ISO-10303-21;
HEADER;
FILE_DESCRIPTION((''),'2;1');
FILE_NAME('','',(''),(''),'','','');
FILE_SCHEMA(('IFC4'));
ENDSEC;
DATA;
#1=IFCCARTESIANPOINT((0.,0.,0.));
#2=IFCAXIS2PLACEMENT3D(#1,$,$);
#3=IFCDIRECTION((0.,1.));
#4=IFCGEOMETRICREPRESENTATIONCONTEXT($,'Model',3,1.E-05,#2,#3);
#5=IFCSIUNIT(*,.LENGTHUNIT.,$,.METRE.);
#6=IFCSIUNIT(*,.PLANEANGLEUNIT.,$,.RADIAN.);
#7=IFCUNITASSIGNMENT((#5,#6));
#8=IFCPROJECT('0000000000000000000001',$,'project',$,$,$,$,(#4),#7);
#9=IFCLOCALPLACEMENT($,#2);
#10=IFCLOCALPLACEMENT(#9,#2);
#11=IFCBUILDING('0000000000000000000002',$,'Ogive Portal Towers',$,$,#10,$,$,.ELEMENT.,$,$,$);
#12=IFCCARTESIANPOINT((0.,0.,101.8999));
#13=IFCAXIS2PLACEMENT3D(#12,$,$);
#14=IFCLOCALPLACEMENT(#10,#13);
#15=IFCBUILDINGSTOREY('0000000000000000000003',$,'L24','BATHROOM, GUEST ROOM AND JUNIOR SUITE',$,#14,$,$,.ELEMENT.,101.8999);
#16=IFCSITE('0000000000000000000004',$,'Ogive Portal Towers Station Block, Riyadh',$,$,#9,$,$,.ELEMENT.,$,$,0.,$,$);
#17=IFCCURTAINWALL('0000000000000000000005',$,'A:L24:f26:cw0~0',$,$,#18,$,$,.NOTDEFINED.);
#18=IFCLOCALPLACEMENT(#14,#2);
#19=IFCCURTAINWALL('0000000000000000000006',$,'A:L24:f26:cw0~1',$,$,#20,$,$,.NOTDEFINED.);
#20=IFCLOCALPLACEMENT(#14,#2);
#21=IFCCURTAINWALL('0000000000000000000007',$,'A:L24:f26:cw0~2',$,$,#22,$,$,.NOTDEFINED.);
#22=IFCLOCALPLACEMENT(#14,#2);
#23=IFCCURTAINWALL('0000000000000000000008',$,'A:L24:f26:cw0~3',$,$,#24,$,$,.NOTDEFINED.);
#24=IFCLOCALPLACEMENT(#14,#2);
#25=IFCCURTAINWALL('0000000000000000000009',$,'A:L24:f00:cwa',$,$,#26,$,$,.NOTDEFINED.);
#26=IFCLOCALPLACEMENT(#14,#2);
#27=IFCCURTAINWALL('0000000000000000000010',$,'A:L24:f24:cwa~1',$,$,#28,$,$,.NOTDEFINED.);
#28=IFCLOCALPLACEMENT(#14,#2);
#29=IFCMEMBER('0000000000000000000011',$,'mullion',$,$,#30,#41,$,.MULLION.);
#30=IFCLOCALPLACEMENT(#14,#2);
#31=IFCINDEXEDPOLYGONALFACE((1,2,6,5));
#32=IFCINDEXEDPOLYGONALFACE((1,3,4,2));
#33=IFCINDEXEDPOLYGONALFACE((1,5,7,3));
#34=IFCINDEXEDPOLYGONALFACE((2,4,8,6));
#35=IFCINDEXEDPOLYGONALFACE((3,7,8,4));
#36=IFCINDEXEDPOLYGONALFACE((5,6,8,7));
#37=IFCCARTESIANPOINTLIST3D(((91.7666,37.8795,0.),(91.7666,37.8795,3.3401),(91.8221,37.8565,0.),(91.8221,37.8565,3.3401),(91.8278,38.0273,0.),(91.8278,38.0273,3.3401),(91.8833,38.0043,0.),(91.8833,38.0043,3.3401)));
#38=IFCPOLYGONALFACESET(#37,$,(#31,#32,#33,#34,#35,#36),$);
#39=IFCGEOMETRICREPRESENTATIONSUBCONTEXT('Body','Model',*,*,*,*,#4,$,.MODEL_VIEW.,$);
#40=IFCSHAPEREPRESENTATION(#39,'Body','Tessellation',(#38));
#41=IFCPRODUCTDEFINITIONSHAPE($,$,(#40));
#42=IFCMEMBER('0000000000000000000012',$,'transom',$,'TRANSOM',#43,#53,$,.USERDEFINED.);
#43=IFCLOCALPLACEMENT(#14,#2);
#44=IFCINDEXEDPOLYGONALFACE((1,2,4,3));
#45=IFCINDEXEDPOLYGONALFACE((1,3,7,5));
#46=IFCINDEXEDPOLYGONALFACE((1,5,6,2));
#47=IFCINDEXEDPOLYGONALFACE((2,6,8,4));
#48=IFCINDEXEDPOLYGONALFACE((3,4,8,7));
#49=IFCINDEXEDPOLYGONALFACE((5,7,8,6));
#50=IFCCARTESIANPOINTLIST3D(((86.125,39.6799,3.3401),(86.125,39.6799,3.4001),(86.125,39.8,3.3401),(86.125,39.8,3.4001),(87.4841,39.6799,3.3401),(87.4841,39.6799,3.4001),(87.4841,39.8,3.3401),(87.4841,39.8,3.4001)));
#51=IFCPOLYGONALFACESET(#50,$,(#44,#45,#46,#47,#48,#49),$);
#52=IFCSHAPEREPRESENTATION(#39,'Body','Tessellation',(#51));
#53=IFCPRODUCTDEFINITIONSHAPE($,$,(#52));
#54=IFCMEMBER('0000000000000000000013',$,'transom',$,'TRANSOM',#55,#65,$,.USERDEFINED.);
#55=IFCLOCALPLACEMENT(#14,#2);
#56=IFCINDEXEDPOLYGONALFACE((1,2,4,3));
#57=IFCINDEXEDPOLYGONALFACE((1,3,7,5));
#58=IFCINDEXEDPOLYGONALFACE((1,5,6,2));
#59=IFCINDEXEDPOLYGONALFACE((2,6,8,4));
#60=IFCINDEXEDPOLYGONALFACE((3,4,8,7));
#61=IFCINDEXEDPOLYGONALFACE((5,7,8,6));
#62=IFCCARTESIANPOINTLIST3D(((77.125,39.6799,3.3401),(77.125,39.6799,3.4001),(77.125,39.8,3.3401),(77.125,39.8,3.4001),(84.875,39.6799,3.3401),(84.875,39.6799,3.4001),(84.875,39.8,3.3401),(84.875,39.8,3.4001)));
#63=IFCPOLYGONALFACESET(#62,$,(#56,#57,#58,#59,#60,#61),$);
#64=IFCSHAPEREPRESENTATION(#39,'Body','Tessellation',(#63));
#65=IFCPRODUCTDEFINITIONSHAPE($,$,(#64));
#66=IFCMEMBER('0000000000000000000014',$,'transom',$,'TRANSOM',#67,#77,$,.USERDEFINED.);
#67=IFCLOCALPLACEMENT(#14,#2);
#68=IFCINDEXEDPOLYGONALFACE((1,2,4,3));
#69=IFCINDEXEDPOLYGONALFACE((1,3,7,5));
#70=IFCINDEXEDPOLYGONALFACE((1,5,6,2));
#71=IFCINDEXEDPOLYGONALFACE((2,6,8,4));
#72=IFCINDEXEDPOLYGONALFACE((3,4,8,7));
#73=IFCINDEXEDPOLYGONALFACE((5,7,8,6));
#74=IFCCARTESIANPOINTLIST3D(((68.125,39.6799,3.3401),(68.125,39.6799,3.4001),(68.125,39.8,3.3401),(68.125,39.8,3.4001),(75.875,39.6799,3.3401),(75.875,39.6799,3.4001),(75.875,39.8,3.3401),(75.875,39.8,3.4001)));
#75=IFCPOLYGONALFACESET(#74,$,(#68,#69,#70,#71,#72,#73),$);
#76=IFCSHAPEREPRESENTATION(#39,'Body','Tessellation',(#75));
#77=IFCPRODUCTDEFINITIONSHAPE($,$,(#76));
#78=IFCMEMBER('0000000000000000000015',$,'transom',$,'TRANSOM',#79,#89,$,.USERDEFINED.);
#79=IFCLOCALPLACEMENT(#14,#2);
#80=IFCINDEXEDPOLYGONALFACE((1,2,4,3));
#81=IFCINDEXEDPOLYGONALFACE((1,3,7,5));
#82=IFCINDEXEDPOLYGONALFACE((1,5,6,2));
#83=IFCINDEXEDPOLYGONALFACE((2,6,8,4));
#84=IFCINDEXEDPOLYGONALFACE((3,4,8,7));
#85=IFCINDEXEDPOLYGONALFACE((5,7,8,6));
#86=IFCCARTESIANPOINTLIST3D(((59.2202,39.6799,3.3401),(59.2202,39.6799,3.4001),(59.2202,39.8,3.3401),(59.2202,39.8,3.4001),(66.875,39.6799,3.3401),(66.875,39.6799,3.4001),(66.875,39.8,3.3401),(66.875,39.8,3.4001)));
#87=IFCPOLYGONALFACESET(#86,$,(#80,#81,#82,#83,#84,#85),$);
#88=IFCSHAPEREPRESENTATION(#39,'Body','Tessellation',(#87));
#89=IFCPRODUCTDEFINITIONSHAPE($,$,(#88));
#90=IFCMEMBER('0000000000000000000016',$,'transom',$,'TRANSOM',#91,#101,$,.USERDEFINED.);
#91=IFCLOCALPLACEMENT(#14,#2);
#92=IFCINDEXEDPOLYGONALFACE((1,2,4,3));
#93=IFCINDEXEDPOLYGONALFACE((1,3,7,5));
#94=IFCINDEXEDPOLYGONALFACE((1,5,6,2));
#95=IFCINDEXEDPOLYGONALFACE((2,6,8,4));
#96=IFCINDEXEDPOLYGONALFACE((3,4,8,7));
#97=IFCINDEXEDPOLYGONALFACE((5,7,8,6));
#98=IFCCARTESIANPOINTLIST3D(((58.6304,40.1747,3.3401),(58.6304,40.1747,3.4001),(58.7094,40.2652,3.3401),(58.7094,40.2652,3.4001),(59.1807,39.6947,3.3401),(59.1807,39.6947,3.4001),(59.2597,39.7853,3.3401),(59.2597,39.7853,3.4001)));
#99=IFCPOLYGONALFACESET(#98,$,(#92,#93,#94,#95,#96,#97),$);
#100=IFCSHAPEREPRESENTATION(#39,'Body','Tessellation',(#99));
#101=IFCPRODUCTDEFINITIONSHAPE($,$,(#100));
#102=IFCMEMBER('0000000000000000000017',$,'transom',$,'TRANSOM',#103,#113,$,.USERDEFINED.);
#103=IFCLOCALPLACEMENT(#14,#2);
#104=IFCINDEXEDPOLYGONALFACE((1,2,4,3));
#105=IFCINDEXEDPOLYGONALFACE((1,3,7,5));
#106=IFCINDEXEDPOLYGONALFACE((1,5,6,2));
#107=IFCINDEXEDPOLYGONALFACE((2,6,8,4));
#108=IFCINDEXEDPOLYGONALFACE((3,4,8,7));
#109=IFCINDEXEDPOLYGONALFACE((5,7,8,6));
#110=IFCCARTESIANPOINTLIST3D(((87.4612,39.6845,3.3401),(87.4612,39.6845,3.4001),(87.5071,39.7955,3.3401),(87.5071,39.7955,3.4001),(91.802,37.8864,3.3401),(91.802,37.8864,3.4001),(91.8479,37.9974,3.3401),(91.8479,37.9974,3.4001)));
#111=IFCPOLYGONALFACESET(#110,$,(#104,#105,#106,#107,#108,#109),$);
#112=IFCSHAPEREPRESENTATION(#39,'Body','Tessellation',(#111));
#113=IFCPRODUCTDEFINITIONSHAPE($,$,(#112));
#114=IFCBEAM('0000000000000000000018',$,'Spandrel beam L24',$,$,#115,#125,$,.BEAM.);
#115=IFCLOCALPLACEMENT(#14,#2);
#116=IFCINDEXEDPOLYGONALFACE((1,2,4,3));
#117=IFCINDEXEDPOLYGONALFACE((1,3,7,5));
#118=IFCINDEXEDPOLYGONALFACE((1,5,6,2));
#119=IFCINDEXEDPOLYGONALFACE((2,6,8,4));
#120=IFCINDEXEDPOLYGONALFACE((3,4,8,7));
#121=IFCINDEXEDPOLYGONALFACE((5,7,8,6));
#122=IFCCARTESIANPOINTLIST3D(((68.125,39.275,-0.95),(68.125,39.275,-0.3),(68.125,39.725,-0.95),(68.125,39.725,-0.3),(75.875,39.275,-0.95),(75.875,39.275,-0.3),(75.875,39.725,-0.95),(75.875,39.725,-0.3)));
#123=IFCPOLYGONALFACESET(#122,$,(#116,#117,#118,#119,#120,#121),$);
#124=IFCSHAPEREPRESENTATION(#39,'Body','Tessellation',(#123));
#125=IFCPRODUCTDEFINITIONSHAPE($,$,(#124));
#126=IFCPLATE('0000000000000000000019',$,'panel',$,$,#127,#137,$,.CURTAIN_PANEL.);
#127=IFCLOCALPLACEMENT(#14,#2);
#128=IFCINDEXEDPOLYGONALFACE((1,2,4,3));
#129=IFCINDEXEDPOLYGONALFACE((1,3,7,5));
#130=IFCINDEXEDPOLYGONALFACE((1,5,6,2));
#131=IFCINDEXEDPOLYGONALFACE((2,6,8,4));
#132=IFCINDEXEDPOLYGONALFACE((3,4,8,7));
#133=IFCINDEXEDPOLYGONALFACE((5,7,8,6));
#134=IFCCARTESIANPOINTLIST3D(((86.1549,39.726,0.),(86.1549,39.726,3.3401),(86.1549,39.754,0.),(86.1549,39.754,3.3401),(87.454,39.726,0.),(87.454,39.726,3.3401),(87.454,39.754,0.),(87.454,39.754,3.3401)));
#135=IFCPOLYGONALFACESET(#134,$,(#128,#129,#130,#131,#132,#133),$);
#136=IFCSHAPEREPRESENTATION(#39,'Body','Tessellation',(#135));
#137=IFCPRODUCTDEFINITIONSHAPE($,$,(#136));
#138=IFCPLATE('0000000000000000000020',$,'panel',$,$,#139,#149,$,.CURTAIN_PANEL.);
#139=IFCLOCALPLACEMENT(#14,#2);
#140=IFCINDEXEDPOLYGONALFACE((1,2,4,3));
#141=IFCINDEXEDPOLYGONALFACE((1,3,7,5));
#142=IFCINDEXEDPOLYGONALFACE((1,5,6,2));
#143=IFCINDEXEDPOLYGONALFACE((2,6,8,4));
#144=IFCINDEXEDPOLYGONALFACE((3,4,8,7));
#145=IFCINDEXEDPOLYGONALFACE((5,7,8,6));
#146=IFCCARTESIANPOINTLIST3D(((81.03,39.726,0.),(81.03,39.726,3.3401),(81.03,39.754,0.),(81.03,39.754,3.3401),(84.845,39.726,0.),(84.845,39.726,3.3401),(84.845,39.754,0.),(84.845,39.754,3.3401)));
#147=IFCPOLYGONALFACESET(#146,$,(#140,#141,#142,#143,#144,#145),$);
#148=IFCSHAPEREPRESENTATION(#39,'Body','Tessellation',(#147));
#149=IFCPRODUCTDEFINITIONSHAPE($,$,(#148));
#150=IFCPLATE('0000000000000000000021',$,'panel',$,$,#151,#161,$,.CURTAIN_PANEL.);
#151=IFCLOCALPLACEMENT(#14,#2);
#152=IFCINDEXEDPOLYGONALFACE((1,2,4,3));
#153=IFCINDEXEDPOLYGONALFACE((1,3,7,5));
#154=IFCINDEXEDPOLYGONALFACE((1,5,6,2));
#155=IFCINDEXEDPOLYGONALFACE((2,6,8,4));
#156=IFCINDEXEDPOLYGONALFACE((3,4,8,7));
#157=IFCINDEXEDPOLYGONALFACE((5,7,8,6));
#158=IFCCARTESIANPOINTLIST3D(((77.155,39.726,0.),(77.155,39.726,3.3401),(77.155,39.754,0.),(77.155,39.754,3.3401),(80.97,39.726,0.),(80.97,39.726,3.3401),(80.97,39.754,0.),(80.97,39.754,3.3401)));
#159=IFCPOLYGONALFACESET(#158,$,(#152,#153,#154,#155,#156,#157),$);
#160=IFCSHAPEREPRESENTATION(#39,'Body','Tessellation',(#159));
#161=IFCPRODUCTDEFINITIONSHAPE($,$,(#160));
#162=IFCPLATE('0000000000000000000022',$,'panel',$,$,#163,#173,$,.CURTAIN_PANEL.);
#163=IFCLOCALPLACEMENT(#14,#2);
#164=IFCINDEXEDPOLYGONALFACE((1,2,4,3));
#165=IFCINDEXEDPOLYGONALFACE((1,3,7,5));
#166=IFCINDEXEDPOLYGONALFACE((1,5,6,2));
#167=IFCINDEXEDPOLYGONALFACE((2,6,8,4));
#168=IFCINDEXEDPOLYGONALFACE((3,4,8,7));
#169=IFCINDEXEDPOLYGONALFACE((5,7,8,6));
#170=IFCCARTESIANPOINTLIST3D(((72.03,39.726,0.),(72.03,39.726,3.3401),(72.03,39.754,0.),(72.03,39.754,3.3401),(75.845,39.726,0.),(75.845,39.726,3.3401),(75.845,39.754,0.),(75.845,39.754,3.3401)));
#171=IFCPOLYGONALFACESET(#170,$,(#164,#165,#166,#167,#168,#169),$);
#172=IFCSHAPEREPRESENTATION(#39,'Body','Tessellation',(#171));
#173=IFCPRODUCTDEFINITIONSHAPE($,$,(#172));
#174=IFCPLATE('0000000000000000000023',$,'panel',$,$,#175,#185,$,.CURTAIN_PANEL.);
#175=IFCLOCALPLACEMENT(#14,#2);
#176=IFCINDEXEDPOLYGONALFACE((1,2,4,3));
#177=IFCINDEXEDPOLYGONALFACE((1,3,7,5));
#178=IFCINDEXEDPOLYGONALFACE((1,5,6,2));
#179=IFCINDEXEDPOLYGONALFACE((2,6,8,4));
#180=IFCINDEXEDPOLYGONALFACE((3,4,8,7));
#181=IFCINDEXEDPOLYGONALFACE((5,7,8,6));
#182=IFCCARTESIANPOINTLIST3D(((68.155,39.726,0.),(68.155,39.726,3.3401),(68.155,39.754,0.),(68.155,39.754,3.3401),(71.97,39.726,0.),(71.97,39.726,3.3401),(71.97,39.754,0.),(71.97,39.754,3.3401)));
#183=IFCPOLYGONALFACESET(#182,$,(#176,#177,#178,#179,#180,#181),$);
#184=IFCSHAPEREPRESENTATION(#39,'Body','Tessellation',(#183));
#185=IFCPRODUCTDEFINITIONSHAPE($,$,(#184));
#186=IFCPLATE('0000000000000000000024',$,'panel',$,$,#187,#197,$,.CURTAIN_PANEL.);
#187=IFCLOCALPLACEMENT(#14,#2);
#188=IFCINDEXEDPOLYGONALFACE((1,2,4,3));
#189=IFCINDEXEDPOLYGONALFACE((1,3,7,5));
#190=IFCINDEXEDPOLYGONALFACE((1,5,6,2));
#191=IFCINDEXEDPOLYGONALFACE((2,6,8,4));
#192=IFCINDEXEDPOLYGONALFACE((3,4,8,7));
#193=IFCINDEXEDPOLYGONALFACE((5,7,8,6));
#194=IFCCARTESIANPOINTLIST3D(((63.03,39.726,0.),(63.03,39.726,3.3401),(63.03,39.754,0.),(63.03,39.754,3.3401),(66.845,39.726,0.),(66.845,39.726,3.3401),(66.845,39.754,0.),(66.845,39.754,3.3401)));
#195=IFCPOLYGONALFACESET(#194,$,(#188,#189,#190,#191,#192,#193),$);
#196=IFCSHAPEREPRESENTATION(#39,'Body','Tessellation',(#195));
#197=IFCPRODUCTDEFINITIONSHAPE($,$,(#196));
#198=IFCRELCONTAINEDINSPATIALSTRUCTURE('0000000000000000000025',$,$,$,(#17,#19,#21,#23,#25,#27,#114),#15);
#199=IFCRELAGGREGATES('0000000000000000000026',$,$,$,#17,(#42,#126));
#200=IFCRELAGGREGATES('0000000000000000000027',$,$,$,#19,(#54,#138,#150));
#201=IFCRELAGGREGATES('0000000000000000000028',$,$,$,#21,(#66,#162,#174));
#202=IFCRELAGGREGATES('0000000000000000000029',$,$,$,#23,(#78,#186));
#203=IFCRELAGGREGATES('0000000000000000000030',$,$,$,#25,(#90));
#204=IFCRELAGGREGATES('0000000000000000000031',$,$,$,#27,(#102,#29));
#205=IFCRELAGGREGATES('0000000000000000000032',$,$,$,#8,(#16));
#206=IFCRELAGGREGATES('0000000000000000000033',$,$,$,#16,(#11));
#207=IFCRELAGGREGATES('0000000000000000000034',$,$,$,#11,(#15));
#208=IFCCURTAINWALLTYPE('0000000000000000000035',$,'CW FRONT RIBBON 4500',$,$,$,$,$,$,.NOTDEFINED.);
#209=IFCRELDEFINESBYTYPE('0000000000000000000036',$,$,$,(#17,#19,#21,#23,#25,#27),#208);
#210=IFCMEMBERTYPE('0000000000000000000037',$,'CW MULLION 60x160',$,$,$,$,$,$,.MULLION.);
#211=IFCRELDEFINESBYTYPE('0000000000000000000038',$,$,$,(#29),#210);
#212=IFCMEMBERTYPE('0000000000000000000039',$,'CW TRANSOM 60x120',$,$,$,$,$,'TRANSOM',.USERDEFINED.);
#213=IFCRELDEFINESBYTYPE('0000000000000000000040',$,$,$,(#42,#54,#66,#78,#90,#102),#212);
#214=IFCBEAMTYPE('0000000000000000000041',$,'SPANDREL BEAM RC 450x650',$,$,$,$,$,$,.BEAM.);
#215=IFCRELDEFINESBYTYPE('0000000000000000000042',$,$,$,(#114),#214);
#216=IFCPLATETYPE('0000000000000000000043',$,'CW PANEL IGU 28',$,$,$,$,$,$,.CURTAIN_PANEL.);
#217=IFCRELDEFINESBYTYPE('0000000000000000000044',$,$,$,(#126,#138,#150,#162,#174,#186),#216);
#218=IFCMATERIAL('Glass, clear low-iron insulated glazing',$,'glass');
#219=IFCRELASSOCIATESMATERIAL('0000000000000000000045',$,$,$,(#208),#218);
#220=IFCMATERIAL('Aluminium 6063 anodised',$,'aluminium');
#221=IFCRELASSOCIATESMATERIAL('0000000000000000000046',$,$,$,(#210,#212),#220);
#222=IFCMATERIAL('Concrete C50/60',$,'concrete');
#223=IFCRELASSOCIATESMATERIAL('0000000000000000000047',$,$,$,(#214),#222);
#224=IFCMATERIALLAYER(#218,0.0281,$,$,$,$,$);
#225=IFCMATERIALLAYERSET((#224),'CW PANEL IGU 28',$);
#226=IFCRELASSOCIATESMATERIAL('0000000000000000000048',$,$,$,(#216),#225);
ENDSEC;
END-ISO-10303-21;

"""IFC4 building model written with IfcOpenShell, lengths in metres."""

from ifc_helpers import new_model, si_unit, direction, frame, origin, origin_2d, place, context, subcontext, project, spatial, rectangle, extrude, material, layer, layer_set, material_profile, profile_set, type_object, element, aggregate, save


model = new_model("IFC4")

# Units and contexts
model_context = context("Model", 3, precision=1e-05, world=origin(), true_north=direction((0.0, 1.0)))
body_context = subcontext(model_context, "Body", "Model", "MODEL_VIEW")
ifc_project = project(units=[si_unit("LENGTHUNIT", "METRE"), si_unit("PLANEANGLEUNIT", "RADIAN")], contexts=[model_context])

# Site, building, storey
site_placement = place(None, origin())
site = spatial("IfcSite", under=ifc_project, at=site_placement, Name="Ogive Portal Towers Station Block, Riyadh", CompositionType="ELEMENT", RefElevation=0.0)
building_placement = place(site_placement, origin())
building = spatial("IfcBuilding", under=site, at=building_placement, Name="Ogive Portal Towers", CompositionType="ELEMENT")
storey_placement = place(building_placement, frame((0.0, 0.0, 101.8999)))
storey = spatial("IfcBuildingStorey", under=building, at=storey_placement, Name="L24", Description="BATHROOM, GUEST ROOM AND JUNIOR SUITE", CompositionType="ELEMENT", Elevation=101.8999)

# Curtain walls
ifc_material_1 = material(Name="Glass, clear low-iron insulated glazing", Category="glass")
curtain_wall_type = type_object("IfcCurtainWallType", Name="CW FRONT RIBBON 4500", PredefinedType="NOTDEFINED", material=ifc_material_1)
curtain_wall_1_placement = place(storey_placement, origin())
curtain_wall_1 = element("IfcCurtainWall", 1, at=curtain_wall_1_placement, inside=storey, type_object=curtain_wall_type, Name="A:L24:f26:cw0~0", PredefinedType="NOTDEFINED")
ifc_material_2 = material(Name="Aluminium 6063 anodised", Category="aluminium")
ifc_material_profile_1 = material_profile(ifc_material_2, rectangle(XDim=0.1599, YDim=0.0601, at=origin_2d()), Name="AL 60x160")
ifc_profile_set_1 = profile_set([ifc_material_profile_1], Name="Aluminium 6063 anodised")
member_type_1 = type_object("IfcMemberType", Name="CW MULLION 60x160", PredefinedType="MULLION", material=ifc_profile_set_1)
curtain_wall_2_placement = place(storey_placement, origin())
curtain_wall_2 = element("IfcCurtainWall", 2, at=curtain_wall_2_placement, inside=storey, type_object=curtain_wall_type, Name="A:L24:f26:cw0~1", PredefinedType="NOTDEFINED")
curtain_wall_3_placement = place(storey_placement, origin())
curtain_wall_3 = element("IfcCurtainWall", 3, at=curtain_wall_3_placement, inside=storey, type_object=curtain_wall_type, Name="A:L24:f26:cw0~2", PredefinedType="NOTDEFINED")
curtain_wall_4_placement = place(storey_placement, origin())
curtain_wall_4 = element("IfcCurtainWall", 4, at=curtain_wall_4_placement, inside=storey, type_object=curtain_wall_type, Name="A:L24:f26:cw0~3", PredefinedType="NOTDEFINED")

# Curtain walls, member
curtain_wall_5_placement = place(storey_placement, origin())
curtain_wall_5 = element("IfcCurtainWall", 5, at=curtain_wall_5_placement, inside=storey, type_object=curtain_wall_type, Name="A:L24:f00:cwa", PredefinedType="NOTDEFINED")
curtain_wall_6_placement = place(storey_placement, origin())
curtain_wall_6 = element("IfcCurtainWall", 6, at=curtain_wall_6_placement, inside=storey, type_object=curtain_wall_type, Name="A:L24:f24:cwa~1", PredefinedType="NOTDEFINED")
member_1_placement = place(storey_placement, frame((91.825, 37.9419, 0.0), z_axis=(0.0, 0.0, 1.0), x_axis=(-0.382683, -0.92388, 0.0)))
member_1 = element("IfcMember", 7, at=member_1_placement, type_object=member_type_1, Name="mullion", PredefinedType="MULLION", context=body_context, shape_type="SweptSolid", body=[
    extrude(rectangle(XDim=0.1599, YDim=0.0601, at=origin_2d()), origin(), (0.0, 0.0, 1.0), 3.3401),
])

# Members
ifc_material_profile_2 = material_profile(ifc_material_2, rectangle(XDim=0.1201, YDim=0.0601, at=origin_2d()), Name="AL 120x60")
ifc_profile_set_2 = profile_set([ifc_material_profile_2], Name="Aluminium 6063 anodised")
member_type_2 = type_object("IfcMemberType", Name="CW TRANSOM 60x120", ElementType="TRANSOM", PredefinedType="USERDEFINED", material=ifc_profile_set_2)
member_2_placement = place(storey_placement, frame((87.4841, 39.74, 3.3701), z_axis=(-1.0, 0.0, 0.0), x_axis=(0.0, -1.0, 0.0)))
member_2 = element("IfcMember", 8, at=member_2_placement, type_object=member_type_2, Name="transom", ObjectType="TRANSOM", PredefinedType="USERDEFINED", context=body_context, shape_type="SweptSolid", body=[
    extrude(rectangle(XDim=0.1201, YDim=0.0601, at=origin_2d()), origin(), (0.0, 0.0, 1.0), 1.3591),
])
member_3_placement = place(storey_placement, frame((84.875, 39.74, 3.3701), z_axis=(-1.0, 0.0, 0.0), x_axis=(0.0, -1.0, 0.0)))
member_3 = element("IfcMember", 9, at=member_3_placement, type_object=member_type_2, Name="transom", ObjectType="TRANSOM", PredefinedType="USERDEFINED", context=body_context, shape_type="SweptSolid", body=[
    extrude(rectangle(XDim=0.1201, YDim=0.0601, at=origin_2d()), origin(), (0.0, 0.0, 1.0), 7.75),
])
member_4_placement = place(storey_placement, frame((75.875, 39.74, 3.3701), z_axis=(-1.0, 0.0, 0.0), x_axis=(0.0, -1.0, 0.0)))
member_4 = element("IfcMember", 10, at=member_4_placement, type_object=member_type_2, Name="transom", ObjectType="TRANSOM", PredefinedType="USERDEFINED", context=body_context, shape_type="SweptSolid", body=[
    extrude(rectangle(XDim=0.1201, YDim=0.0601, at=origin_2d()), origin(), (0.0, 0.0, 1.0), 7.75),
])
member_5_placement = place(storey_placement, frame((66.875, 39.74, 3.3701), z_axis=(-1.0, 0.0, 0.0), x_axis=(0.0, -1.0, 0.0)))
member_5 = element("IfcMember", 11, at=member_5_placement, type_object=member_type_2, Name="transom", ObjectType="TRANSOM", PredefinedType="USERDEFINED", context=body_context, shape_type="SweptSolid", body=[
    extrude(rectangle(XDim=0.1201, YDim=0.0601, at=origin_2d()), origin(), (0.0, 0.0, 1.0), 7.6548),
])
member_6_placement = place(storey_placement, frame((59.2202, 39.74, 3.3701), z_axis=(-0.753611, 0.65732, 0.0), x_axis=(-0.65732, -0.753611, 0.0)))
member_6 = element("IfcMember", 12, at=member_6_placement, type_object=member_type_2, Name="transom", ObjectType="TRANSOM", PredefinedType="USERDEFINED", context=body_context, shape_type="SweptSolid", body=[
    extrude(rectangle(XDim=0.1201, YDim=0.0601, at=origin_2d()), origin(), (0.0, 0.0, 1.0), 0.7302),
])
member_7_placement = place(storey_placement, frame((91.825, 37.9419, 3.3701), z_axis=(-0.923874, 0.382696, 0.0), x_axis=(-0.382696, -0.923874, 0.0)))
member_7 = element("IfcMember", 13, at=member_7_placement, type_object=member_type_2, Name="transom", ObjectType="TRANSOM", PredefinedType="USERDEFINED", context=body_context, shape_type="SweptSolid", body=[
    extrude(rectangle(XDim=0.1201, YDim=0.0601, at=origin_2d()), origin(), (0.0, 0.0, 1.0), 4.6985),
])

# Beam
ifc_material_3 = material(Name="Concrete C50/60", Category="concrete")
ifc_material_profile_3 = material_profile(ifc_material_3, rectangle(XDim=0.45, YDim=0.6499, at=origin_2d()), Name="RC 450x650")
ifc_profile_set_3 = profile_set([ifc_material_profile_3], Name="Concrete C50/60")
beam_type = type_object("IfcBeamType", Name="SPANDREL BEAM RC 450x650", PredefinedType="BEAM", material=ifc_profile_set_3)
beam_placement = place(storey_placement, frame((68.125, 39.5, -0.625), z_axis=(1.0, 0.0, 0.0), x_axis=(0.0, 1.0, 0.0)))
element("IfcBeam", 14, at=beam_placement, inside=storey, type_object=beam_type, Name="Spandrel beam L24", PredefinedType="BEAM", context=body_context, shape_type="SweptSolid", body=[
    extrude(rectangle(XDim=0.45, YDim=0.6499, at=origin_2d()), origin(), (0.0, 0.0, 1.0), 7.75),
])

# Plates
ifc_layer_1 = layer(ifc_material_1, 0.0281)
ifc_layer_set_1 = layer_set([ifc_layer_1], Name="CW PANEL IGU 28")
plate_type = type_object("IfcPlateType", Name="CW PANEL IGU 28", PredefinedType="CURTAIN_PANEL", material=ifc_layer_set_1)
plate_1_placement = place(storey_placement, frame((86.8044, 39.74, 0.0), z_axis=(0.0, 0.0, 1.0), x_axis=(-1.0, 0.0, 0.0)))
plate_1 = element("IfcPlate", 15, at=plate_1_placement, type_object=plate_type, Name="panel", PredefinedType="CURTAIN_PANEL", context=body_context, shape_type="SweptSolid", body=[
    extrude(rectangle(XDim=1.2991, YDim=0.0281, at=origin_2d()), origin(), (0.0, 0.0, 1.0), 3.3401),
])
aggregate(curtain_wall_1, [member_2, plate_1])
plate_2_placement = place(storey_placement, frame((82.9375, 39.74, 0.0), z_axis=(0.0, 0.0, 1.0), x_axis=(-1.0, 0.0, 0.0)))
plate_2 = element("IfcPlate", 16, at=plate_2_placement, type_object=plate_type, Name="panel", PredefinedType="CURTAIN_PANEL", context=body_context, shape_type="SweptSolid", body=[
    extrude(rectangle(XDim=3.8149, YDim=0.0281, at=origin_2d()), origin(), (0.0, 0.0, 1.0), 3.3401),
])
plate_3_placement = place(storey_placement, frame((79.0625, 39.74, 0.0), z_axis=(0.0, 0.0, 1.0), x_axis=(-1.0, 0.0, 0.0)))
plate_3 = element("IfcPlate", 17, at=plate_3_placement, type_object=plate_type, Name="panel", PredefinedType="CURTAIN_PANEL", context=body_context, shape_type="SweptSolid", body=[
    extrude(rectangle(XDim=3.8149, YDim=0.0281, at=origin_2d()), origin(), (0.0, 0.0, 1.0), 3.3401),
])
aggregate(curtain_wall_2, [member_3, plate_2, plate_3])
plate_4_placement = place(storey_placement, frame((73.9375, 39.74, 0.0), z_axis=(0.0, 0.0, 1.0), x_axis=(-1.0, 0.0, 0.0)))
plate_4 = element("IfcPlate", 18, at=plate_4_placement, type_object=plate_type, Name="panel", PredefinedType="CURTAIN_PANEL", context=body_context, shape_type="SweptSolid", body=[
    extrude(rectangle(XDim=3.8149, YDim=0.0281, at=origin_2d()), origin(), (0.0, 0.0, 1.0), 3.3401),
])
plate_5_placement = place(storey_placement, frame((70.0625, 39.74, 0.0), z_axis=(0.0, 0.0, 1.0), x_axis=(-1.0, 0.0, 0.0)))
plate_5 = element("IfcPlate", 19, at=plate_5_placement, type_object=plate_type, Name="panel", PredefinedType="CURTAIN_PANEL", context=body_context, shape_type="SweptSolid", body=[
    extrude(rectangle(XDim=3.8149, YDim=0.0281, at=origin_2d()), origin(), (0.0, 0.0, 1.0), 3.3401),
])
aggregate(curtain_wall_3, [member_4, plate_4, plate_5])
plate_6_placement = place(storey_placement, frame((64.9375, 39.74, 0.0), z_axis=(0.0, 0.0, 1.0), x_axis=(-1.0, 0.0, 0.0)))
plate_6 = element("IfcPlate", 20, at=plate_6_placement, type_object=plate_type, Name="panel", PredefinedType="CURTAIN_PANEL", context=body_context, shape_type="SweptSolid", body=[
    extrude(rectangle(XDim=3.8149, YDim=0.0281, at=origin_2d()), origin(), (0.0, 0.0, 1.0), 3.3401),
])
aggregate(curtain_wall_4, [member_5, plate_6])
aggregate(curtain_wall_5, [member_6])
aggregate(curtain_wall_6, [member_7, member_1])

save(model, "model.ifc")
